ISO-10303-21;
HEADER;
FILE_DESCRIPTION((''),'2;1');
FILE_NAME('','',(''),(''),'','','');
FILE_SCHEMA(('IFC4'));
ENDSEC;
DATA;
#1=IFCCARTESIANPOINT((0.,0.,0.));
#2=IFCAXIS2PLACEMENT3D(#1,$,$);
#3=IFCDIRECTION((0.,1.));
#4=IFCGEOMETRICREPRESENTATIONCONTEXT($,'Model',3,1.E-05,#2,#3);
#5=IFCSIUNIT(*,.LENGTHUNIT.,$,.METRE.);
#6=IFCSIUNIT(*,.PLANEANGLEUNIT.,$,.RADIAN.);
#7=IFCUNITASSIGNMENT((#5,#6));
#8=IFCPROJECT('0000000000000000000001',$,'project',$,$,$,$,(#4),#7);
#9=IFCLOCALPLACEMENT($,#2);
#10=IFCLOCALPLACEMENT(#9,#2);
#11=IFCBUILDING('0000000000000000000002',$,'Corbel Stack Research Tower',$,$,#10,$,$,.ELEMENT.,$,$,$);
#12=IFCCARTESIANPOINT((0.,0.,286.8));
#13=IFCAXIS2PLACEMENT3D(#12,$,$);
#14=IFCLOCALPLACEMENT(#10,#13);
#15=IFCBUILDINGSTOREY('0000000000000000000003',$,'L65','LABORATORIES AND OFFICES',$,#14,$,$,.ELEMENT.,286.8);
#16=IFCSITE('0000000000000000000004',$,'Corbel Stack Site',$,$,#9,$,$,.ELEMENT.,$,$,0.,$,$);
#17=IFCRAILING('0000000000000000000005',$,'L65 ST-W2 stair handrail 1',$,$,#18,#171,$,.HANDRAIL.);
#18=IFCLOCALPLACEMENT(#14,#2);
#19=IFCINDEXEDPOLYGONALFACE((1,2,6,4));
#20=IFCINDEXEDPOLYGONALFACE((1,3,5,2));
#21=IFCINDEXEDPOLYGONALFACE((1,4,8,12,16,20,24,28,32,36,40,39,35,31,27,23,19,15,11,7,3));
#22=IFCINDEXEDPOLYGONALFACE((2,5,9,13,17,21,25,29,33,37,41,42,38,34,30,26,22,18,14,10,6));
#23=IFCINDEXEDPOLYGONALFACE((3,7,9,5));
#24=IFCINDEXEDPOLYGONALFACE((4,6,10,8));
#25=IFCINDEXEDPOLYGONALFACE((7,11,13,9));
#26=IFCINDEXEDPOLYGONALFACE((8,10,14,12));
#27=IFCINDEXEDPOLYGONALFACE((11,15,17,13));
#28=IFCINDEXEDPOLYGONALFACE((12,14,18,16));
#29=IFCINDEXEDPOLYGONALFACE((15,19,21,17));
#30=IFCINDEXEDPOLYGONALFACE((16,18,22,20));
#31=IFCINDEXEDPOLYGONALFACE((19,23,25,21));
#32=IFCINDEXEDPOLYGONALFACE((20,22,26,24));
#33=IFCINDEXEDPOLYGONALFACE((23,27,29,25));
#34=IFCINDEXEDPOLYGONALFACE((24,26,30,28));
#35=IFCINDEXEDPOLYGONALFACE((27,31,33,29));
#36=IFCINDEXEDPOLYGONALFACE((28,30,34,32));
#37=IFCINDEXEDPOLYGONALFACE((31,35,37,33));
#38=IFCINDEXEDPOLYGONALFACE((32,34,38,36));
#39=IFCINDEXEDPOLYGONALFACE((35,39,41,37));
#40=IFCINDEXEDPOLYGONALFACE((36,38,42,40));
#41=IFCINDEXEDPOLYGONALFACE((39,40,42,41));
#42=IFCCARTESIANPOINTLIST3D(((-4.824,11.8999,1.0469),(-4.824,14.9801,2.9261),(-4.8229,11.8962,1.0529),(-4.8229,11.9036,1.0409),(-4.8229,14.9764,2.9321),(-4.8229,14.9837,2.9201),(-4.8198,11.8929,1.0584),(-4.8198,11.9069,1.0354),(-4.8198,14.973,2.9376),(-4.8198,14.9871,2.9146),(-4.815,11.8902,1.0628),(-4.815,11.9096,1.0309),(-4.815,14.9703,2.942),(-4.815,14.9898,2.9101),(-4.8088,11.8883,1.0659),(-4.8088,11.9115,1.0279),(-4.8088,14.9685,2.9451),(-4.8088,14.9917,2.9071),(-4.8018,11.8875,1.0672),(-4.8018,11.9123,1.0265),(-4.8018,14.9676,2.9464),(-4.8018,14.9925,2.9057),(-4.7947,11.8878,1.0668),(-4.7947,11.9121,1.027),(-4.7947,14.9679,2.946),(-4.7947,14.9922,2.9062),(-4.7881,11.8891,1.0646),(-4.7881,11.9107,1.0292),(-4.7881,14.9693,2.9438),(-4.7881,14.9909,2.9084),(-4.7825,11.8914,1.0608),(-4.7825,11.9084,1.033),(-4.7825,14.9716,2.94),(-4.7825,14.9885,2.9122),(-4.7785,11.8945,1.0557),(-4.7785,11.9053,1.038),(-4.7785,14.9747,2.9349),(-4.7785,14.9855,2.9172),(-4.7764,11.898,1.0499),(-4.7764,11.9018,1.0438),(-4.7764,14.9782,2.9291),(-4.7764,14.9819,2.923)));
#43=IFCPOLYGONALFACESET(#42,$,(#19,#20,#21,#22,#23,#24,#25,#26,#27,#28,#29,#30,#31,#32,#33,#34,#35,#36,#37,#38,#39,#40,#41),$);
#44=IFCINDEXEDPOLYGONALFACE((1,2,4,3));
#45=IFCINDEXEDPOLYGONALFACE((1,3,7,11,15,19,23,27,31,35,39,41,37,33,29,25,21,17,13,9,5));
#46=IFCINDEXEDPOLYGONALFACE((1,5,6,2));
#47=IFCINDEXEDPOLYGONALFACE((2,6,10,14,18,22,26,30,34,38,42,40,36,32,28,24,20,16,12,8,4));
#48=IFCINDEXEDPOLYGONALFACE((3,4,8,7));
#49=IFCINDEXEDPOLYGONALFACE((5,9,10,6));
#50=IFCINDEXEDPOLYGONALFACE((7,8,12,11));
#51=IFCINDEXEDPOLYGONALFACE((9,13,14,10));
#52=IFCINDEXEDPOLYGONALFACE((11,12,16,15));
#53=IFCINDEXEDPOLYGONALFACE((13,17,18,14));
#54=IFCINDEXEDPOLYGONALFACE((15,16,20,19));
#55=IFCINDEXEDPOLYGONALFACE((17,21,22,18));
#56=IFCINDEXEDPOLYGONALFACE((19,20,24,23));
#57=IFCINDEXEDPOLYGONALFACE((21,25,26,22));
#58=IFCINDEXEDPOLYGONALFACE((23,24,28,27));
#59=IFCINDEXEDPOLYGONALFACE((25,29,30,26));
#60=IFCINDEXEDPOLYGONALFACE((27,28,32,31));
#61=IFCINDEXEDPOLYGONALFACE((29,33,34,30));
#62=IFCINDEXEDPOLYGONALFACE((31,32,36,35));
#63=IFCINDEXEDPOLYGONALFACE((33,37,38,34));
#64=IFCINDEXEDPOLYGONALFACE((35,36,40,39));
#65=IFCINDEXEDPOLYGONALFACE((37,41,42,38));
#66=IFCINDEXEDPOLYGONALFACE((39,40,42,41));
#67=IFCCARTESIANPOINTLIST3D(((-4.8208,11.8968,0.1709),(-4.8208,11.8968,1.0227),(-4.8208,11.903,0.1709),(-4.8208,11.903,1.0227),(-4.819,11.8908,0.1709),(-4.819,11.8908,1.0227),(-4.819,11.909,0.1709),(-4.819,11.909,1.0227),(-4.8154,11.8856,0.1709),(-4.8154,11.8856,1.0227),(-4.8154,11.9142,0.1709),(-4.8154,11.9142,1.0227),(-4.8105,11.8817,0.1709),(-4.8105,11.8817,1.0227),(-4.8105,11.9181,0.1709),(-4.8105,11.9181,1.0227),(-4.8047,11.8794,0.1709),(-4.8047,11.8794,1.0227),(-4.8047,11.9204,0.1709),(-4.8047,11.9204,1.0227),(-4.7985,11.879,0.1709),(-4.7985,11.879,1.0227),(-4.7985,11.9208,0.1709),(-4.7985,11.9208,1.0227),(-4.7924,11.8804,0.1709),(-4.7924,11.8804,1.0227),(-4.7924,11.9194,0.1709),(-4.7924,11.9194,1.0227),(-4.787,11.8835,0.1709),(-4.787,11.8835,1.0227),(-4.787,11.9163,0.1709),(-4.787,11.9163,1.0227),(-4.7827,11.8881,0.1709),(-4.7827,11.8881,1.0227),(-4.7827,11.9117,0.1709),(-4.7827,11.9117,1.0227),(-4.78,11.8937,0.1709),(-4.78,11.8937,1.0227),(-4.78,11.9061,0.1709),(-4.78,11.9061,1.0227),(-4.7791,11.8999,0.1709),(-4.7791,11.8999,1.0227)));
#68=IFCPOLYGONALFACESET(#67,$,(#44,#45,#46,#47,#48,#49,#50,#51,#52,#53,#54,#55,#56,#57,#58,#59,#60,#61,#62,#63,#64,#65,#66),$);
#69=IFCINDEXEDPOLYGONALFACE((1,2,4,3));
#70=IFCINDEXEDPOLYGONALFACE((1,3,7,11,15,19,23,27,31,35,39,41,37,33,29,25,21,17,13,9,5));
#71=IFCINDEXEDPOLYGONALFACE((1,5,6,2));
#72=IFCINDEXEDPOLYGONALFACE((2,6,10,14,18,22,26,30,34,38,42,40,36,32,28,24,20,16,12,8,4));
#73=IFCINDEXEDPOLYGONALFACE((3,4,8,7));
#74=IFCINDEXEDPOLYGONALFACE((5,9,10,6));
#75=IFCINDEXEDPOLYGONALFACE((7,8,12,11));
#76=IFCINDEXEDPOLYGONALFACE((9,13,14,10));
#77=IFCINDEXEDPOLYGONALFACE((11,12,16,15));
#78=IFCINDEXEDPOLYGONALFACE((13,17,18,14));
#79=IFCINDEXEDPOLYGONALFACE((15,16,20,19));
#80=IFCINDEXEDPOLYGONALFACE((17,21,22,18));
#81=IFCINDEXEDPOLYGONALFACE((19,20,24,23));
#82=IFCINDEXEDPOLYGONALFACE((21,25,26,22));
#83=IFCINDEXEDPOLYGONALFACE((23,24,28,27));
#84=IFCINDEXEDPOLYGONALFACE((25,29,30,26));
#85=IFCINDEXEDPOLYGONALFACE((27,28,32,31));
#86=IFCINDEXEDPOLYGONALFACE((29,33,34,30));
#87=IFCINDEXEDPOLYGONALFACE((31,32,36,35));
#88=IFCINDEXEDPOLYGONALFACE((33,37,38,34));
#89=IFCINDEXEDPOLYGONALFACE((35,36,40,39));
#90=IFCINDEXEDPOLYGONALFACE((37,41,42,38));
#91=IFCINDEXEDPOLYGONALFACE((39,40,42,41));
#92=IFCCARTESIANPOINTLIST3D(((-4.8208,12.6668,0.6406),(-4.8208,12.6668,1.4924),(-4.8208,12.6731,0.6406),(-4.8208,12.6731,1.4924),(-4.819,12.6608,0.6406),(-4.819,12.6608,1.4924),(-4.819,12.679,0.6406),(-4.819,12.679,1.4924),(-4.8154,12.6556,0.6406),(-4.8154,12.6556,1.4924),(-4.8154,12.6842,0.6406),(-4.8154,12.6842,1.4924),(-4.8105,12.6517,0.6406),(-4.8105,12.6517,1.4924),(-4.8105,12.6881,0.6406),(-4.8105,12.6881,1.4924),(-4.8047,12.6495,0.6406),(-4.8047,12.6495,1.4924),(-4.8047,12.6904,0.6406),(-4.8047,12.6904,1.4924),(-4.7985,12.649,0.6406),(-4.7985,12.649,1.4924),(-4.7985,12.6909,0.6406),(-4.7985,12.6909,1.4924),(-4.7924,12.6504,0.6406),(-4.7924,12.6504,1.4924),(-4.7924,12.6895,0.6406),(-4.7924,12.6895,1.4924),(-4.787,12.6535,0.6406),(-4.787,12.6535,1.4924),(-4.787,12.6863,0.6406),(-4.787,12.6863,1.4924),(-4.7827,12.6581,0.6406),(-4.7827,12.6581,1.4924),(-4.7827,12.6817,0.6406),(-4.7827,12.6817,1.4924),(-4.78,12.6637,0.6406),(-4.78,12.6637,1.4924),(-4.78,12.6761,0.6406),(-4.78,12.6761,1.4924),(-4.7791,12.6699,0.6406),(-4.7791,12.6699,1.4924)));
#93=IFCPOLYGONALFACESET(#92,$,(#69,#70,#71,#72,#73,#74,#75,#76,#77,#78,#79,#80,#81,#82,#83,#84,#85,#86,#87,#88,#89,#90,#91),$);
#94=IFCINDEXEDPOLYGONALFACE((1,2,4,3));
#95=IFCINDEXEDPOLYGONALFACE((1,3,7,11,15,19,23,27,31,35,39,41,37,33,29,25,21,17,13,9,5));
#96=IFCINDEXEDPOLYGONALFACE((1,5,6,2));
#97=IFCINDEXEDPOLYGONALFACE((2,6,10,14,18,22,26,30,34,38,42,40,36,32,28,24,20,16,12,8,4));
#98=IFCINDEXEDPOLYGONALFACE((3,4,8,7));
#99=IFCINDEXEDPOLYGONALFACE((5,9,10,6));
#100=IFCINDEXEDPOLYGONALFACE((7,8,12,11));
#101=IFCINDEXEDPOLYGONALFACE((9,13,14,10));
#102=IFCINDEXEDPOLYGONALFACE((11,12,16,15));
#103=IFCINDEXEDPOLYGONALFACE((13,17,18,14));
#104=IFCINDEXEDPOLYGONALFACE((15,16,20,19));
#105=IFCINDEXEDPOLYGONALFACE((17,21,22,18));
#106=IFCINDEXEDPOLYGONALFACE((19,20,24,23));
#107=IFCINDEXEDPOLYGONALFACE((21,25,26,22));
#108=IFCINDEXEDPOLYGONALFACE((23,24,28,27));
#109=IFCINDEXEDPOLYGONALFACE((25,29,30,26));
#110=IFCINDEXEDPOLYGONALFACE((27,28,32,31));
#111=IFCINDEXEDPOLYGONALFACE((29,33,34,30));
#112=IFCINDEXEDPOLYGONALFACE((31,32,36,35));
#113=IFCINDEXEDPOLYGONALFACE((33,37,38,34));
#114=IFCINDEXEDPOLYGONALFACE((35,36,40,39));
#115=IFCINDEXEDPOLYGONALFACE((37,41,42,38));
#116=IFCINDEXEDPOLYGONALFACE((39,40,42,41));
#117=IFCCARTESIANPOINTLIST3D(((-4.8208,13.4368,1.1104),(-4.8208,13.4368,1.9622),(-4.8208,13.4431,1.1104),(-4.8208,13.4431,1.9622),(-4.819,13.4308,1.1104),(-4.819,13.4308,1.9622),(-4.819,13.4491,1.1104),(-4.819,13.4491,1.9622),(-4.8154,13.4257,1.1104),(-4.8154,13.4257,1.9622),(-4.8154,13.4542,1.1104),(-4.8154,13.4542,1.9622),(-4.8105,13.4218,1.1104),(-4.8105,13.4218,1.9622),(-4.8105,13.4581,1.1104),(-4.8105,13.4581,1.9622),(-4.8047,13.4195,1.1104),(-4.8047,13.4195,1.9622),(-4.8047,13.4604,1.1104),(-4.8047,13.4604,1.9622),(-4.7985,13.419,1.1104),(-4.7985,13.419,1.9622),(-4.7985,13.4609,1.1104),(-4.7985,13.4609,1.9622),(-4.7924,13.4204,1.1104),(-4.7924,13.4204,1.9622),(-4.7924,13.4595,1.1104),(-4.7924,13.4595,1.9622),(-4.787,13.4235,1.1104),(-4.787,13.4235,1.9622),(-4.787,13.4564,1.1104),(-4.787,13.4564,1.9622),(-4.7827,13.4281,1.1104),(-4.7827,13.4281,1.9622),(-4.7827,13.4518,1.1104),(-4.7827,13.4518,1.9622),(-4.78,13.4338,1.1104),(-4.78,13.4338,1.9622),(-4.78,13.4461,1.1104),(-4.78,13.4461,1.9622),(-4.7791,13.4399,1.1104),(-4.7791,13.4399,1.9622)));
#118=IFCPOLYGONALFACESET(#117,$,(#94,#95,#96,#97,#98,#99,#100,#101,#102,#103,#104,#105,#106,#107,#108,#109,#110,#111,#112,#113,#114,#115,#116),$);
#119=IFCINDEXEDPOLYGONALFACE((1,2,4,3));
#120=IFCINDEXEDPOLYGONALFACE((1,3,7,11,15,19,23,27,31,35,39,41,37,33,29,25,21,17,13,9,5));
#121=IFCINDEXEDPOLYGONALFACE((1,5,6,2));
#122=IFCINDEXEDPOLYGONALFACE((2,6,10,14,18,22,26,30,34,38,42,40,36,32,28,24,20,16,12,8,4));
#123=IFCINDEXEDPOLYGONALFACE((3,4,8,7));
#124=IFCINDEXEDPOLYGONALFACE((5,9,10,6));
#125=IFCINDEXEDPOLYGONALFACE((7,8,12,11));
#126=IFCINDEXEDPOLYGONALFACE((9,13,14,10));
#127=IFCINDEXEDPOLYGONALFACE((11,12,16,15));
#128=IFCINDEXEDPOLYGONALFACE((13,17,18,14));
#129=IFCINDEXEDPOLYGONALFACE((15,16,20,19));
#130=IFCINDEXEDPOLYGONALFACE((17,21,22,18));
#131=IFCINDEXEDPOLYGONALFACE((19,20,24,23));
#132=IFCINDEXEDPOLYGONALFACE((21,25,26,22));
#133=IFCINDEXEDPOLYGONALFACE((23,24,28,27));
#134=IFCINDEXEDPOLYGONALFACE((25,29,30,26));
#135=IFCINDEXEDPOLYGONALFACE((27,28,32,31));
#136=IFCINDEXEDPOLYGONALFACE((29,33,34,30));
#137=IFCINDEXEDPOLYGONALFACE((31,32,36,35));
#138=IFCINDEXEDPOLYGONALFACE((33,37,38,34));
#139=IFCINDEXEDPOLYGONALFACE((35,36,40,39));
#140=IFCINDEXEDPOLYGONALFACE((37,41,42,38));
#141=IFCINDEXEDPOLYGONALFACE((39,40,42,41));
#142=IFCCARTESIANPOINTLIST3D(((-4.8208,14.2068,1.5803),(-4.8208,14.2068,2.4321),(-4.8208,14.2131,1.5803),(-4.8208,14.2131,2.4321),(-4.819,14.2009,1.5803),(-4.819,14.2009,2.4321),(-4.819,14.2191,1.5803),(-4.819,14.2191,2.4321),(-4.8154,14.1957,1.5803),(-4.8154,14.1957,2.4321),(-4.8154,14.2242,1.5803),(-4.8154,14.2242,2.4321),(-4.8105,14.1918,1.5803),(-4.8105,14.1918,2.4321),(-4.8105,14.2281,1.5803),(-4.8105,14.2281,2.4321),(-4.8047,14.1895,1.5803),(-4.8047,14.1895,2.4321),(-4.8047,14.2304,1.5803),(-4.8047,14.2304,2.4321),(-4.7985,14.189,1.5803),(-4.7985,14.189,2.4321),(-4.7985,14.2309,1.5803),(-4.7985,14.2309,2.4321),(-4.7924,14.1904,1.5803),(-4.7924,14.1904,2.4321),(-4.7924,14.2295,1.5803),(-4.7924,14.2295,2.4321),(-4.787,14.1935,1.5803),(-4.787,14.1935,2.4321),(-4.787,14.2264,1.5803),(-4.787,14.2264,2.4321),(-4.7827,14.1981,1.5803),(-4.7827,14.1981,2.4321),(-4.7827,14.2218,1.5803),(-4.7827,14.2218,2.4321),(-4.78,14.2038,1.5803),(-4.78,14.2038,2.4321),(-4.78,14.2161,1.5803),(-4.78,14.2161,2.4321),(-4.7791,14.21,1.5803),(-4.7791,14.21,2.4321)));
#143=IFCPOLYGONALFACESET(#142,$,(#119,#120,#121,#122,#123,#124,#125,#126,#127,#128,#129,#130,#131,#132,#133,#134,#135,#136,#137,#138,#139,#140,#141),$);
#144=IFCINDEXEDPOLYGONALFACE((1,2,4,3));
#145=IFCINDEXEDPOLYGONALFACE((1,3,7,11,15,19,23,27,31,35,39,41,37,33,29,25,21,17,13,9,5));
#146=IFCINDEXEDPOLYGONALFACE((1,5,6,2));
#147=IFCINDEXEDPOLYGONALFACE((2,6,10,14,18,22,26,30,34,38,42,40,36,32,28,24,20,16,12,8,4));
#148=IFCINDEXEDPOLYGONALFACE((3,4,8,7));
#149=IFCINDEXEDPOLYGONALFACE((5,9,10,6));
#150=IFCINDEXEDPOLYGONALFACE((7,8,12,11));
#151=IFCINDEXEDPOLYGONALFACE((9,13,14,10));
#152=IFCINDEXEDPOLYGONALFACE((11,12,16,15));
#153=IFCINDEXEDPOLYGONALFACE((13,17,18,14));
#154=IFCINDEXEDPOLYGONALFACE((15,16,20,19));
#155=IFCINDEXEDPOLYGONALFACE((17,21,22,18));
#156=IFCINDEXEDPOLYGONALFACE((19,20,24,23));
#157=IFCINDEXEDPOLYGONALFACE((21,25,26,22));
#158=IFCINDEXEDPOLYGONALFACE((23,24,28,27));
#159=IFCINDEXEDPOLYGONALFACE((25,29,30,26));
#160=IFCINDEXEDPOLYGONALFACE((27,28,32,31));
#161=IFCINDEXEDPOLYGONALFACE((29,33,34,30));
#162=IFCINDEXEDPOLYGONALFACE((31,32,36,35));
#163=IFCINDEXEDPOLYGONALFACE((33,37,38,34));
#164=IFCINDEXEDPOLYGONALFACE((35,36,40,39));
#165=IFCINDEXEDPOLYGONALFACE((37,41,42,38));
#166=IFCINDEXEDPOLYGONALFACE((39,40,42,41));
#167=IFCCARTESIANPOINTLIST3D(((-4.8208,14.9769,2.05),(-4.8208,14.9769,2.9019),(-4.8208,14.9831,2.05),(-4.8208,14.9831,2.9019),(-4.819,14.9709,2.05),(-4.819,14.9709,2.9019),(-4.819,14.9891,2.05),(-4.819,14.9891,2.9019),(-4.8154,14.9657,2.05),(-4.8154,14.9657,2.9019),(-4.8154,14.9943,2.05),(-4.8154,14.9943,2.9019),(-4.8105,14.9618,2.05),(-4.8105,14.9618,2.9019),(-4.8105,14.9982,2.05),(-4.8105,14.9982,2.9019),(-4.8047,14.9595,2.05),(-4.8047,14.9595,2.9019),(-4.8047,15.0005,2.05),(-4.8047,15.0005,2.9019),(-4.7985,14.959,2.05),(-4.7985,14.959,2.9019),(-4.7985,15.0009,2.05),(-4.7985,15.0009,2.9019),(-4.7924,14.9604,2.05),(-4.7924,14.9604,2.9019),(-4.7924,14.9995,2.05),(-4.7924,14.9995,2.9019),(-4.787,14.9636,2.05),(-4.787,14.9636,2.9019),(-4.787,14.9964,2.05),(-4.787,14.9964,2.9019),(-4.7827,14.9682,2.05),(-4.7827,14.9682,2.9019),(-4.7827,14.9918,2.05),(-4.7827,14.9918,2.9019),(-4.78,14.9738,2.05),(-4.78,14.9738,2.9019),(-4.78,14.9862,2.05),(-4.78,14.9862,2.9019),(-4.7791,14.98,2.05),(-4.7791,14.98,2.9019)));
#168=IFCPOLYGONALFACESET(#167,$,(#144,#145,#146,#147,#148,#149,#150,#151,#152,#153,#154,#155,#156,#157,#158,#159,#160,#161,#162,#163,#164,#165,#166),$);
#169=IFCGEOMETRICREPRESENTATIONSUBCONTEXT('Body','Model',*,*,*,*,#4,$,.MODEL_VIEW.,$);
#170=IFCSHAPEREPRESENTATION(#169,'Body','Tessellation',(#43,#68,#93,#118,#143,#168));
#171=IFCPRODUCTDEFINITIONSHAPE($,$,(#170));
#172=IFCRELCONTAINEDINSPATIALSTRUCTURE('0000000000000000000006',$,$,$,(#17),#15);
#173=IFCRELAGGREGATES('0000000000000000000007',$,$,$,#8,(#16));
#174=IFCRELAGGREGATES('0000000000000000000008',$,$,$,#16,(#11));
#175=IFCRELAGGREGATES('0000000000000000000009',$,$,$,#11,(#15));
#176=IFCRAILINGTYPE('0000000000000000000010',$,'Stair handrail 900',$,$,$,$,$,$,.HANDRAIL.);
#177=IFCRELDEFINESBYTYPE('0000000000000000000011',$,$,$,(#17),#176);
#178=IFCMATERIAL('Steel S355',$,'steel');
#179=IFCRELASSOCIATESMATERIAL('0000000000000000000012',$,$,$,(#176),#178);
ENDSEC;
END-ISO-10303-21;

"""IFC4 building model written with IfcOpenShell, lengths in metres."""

from ifc_helpers import new_model, si_unit, direction, frame, origin, origin_2d, place, context, subcontext, project, spatial, circle, extrude, material, type_object, element, save


model = new_model("IFC4")

# Units and contexts
model_context = context("Model", 3, precision=1e-05, world=origin(), true_north=direction((0.0, 1.0)))
body_context = subcontext(model_context, "Body", "Model", "MODEL_VIEW")
ifc_project = project(units=[si_unit("LENGTHUNIT", "METRE"), si_unit("PLANEANGLEUNIT", "RADIAN")], contexts=[model_context])

# Site, building, storey
site_placement = place(None, origin())
site = spatial("IfcSite", under=ifc_project, at=site_placement, Name="Corbel Stack Site", CompositionType="ELEMENT", RefElevation=0.0)
building_placement = place(site_placement, origin())
building = spatial("IfcBuilding", under=site, at=building_placement, Name="Corbel Stack Research Tower", CompositionType="ELEMENT")
storey_placement = place(building_placement, frame((0.0, 0.0, 286.8)))
storey = spatial("IfcBuildingStorey", under=building, at=storey_placement, Name="L65", Description="LABORATORIES AND OFFICES", CompositionType="ELEMENT", Elevation=286.8)

# Railing
ifc_material_1 = material(Name="Steel S355", Category="steel")
railing_type_1 = type_object("IfcRailingType", Name="Stair handrail 900", PredefinedType="HANDRAIL", material=ifc_material_1)
railing_1_placement = place(storey_placement, frame((-4.8, 11.8999, 0.1709)))
element("IfcRailing", 1, at=railing_1_placement, inside=storey, type_object=railing_type_1, Name="L65 ST-W2 stair handrail 1", PredefinedType="HANDRAIL", context=body_context, shape_type="SweptSolid", body=[
    extrude(circle(Radius=0.0239, at=origin_2d()), frame((0.0, 0.0, 0.876), z_axis=(0.0, 0.853666, 0.52082), x_axis=(-1.0, 0.0, 0.0)), (0.0, 0.0, 1.0), 3.6082),
    extrude(circle(Radius=0.021, at=origin_2d()), origin(), (0.0, 0.0, 1.0), 0.8518),
    extrude(circle(Radius=0.021, at=origin_2d()), frame((0.0, 0.77, 0.4697)), (0.0, 0.0, 1.0), 0.8518),
    extrude(circle(Radius=0.021, at=origin_2d()), frame((0.0, 1.54, 0.9395)), (0.0, 0.0, 1.0), 0.8518),
    extrude(circle(Radius=0.021, at=origin_2d()), frame((0.0, 2.3101, 1.4094)), (0.0, 0.0, 1.0), 0.8518),
    extrude(circle(Radius=0.021, at=origin_2d()), frame((0.0, 3.0801, 1.8792)), (0.0, 0.0, 1.0), 0.8518),
])

save(model, "model.ifc")
